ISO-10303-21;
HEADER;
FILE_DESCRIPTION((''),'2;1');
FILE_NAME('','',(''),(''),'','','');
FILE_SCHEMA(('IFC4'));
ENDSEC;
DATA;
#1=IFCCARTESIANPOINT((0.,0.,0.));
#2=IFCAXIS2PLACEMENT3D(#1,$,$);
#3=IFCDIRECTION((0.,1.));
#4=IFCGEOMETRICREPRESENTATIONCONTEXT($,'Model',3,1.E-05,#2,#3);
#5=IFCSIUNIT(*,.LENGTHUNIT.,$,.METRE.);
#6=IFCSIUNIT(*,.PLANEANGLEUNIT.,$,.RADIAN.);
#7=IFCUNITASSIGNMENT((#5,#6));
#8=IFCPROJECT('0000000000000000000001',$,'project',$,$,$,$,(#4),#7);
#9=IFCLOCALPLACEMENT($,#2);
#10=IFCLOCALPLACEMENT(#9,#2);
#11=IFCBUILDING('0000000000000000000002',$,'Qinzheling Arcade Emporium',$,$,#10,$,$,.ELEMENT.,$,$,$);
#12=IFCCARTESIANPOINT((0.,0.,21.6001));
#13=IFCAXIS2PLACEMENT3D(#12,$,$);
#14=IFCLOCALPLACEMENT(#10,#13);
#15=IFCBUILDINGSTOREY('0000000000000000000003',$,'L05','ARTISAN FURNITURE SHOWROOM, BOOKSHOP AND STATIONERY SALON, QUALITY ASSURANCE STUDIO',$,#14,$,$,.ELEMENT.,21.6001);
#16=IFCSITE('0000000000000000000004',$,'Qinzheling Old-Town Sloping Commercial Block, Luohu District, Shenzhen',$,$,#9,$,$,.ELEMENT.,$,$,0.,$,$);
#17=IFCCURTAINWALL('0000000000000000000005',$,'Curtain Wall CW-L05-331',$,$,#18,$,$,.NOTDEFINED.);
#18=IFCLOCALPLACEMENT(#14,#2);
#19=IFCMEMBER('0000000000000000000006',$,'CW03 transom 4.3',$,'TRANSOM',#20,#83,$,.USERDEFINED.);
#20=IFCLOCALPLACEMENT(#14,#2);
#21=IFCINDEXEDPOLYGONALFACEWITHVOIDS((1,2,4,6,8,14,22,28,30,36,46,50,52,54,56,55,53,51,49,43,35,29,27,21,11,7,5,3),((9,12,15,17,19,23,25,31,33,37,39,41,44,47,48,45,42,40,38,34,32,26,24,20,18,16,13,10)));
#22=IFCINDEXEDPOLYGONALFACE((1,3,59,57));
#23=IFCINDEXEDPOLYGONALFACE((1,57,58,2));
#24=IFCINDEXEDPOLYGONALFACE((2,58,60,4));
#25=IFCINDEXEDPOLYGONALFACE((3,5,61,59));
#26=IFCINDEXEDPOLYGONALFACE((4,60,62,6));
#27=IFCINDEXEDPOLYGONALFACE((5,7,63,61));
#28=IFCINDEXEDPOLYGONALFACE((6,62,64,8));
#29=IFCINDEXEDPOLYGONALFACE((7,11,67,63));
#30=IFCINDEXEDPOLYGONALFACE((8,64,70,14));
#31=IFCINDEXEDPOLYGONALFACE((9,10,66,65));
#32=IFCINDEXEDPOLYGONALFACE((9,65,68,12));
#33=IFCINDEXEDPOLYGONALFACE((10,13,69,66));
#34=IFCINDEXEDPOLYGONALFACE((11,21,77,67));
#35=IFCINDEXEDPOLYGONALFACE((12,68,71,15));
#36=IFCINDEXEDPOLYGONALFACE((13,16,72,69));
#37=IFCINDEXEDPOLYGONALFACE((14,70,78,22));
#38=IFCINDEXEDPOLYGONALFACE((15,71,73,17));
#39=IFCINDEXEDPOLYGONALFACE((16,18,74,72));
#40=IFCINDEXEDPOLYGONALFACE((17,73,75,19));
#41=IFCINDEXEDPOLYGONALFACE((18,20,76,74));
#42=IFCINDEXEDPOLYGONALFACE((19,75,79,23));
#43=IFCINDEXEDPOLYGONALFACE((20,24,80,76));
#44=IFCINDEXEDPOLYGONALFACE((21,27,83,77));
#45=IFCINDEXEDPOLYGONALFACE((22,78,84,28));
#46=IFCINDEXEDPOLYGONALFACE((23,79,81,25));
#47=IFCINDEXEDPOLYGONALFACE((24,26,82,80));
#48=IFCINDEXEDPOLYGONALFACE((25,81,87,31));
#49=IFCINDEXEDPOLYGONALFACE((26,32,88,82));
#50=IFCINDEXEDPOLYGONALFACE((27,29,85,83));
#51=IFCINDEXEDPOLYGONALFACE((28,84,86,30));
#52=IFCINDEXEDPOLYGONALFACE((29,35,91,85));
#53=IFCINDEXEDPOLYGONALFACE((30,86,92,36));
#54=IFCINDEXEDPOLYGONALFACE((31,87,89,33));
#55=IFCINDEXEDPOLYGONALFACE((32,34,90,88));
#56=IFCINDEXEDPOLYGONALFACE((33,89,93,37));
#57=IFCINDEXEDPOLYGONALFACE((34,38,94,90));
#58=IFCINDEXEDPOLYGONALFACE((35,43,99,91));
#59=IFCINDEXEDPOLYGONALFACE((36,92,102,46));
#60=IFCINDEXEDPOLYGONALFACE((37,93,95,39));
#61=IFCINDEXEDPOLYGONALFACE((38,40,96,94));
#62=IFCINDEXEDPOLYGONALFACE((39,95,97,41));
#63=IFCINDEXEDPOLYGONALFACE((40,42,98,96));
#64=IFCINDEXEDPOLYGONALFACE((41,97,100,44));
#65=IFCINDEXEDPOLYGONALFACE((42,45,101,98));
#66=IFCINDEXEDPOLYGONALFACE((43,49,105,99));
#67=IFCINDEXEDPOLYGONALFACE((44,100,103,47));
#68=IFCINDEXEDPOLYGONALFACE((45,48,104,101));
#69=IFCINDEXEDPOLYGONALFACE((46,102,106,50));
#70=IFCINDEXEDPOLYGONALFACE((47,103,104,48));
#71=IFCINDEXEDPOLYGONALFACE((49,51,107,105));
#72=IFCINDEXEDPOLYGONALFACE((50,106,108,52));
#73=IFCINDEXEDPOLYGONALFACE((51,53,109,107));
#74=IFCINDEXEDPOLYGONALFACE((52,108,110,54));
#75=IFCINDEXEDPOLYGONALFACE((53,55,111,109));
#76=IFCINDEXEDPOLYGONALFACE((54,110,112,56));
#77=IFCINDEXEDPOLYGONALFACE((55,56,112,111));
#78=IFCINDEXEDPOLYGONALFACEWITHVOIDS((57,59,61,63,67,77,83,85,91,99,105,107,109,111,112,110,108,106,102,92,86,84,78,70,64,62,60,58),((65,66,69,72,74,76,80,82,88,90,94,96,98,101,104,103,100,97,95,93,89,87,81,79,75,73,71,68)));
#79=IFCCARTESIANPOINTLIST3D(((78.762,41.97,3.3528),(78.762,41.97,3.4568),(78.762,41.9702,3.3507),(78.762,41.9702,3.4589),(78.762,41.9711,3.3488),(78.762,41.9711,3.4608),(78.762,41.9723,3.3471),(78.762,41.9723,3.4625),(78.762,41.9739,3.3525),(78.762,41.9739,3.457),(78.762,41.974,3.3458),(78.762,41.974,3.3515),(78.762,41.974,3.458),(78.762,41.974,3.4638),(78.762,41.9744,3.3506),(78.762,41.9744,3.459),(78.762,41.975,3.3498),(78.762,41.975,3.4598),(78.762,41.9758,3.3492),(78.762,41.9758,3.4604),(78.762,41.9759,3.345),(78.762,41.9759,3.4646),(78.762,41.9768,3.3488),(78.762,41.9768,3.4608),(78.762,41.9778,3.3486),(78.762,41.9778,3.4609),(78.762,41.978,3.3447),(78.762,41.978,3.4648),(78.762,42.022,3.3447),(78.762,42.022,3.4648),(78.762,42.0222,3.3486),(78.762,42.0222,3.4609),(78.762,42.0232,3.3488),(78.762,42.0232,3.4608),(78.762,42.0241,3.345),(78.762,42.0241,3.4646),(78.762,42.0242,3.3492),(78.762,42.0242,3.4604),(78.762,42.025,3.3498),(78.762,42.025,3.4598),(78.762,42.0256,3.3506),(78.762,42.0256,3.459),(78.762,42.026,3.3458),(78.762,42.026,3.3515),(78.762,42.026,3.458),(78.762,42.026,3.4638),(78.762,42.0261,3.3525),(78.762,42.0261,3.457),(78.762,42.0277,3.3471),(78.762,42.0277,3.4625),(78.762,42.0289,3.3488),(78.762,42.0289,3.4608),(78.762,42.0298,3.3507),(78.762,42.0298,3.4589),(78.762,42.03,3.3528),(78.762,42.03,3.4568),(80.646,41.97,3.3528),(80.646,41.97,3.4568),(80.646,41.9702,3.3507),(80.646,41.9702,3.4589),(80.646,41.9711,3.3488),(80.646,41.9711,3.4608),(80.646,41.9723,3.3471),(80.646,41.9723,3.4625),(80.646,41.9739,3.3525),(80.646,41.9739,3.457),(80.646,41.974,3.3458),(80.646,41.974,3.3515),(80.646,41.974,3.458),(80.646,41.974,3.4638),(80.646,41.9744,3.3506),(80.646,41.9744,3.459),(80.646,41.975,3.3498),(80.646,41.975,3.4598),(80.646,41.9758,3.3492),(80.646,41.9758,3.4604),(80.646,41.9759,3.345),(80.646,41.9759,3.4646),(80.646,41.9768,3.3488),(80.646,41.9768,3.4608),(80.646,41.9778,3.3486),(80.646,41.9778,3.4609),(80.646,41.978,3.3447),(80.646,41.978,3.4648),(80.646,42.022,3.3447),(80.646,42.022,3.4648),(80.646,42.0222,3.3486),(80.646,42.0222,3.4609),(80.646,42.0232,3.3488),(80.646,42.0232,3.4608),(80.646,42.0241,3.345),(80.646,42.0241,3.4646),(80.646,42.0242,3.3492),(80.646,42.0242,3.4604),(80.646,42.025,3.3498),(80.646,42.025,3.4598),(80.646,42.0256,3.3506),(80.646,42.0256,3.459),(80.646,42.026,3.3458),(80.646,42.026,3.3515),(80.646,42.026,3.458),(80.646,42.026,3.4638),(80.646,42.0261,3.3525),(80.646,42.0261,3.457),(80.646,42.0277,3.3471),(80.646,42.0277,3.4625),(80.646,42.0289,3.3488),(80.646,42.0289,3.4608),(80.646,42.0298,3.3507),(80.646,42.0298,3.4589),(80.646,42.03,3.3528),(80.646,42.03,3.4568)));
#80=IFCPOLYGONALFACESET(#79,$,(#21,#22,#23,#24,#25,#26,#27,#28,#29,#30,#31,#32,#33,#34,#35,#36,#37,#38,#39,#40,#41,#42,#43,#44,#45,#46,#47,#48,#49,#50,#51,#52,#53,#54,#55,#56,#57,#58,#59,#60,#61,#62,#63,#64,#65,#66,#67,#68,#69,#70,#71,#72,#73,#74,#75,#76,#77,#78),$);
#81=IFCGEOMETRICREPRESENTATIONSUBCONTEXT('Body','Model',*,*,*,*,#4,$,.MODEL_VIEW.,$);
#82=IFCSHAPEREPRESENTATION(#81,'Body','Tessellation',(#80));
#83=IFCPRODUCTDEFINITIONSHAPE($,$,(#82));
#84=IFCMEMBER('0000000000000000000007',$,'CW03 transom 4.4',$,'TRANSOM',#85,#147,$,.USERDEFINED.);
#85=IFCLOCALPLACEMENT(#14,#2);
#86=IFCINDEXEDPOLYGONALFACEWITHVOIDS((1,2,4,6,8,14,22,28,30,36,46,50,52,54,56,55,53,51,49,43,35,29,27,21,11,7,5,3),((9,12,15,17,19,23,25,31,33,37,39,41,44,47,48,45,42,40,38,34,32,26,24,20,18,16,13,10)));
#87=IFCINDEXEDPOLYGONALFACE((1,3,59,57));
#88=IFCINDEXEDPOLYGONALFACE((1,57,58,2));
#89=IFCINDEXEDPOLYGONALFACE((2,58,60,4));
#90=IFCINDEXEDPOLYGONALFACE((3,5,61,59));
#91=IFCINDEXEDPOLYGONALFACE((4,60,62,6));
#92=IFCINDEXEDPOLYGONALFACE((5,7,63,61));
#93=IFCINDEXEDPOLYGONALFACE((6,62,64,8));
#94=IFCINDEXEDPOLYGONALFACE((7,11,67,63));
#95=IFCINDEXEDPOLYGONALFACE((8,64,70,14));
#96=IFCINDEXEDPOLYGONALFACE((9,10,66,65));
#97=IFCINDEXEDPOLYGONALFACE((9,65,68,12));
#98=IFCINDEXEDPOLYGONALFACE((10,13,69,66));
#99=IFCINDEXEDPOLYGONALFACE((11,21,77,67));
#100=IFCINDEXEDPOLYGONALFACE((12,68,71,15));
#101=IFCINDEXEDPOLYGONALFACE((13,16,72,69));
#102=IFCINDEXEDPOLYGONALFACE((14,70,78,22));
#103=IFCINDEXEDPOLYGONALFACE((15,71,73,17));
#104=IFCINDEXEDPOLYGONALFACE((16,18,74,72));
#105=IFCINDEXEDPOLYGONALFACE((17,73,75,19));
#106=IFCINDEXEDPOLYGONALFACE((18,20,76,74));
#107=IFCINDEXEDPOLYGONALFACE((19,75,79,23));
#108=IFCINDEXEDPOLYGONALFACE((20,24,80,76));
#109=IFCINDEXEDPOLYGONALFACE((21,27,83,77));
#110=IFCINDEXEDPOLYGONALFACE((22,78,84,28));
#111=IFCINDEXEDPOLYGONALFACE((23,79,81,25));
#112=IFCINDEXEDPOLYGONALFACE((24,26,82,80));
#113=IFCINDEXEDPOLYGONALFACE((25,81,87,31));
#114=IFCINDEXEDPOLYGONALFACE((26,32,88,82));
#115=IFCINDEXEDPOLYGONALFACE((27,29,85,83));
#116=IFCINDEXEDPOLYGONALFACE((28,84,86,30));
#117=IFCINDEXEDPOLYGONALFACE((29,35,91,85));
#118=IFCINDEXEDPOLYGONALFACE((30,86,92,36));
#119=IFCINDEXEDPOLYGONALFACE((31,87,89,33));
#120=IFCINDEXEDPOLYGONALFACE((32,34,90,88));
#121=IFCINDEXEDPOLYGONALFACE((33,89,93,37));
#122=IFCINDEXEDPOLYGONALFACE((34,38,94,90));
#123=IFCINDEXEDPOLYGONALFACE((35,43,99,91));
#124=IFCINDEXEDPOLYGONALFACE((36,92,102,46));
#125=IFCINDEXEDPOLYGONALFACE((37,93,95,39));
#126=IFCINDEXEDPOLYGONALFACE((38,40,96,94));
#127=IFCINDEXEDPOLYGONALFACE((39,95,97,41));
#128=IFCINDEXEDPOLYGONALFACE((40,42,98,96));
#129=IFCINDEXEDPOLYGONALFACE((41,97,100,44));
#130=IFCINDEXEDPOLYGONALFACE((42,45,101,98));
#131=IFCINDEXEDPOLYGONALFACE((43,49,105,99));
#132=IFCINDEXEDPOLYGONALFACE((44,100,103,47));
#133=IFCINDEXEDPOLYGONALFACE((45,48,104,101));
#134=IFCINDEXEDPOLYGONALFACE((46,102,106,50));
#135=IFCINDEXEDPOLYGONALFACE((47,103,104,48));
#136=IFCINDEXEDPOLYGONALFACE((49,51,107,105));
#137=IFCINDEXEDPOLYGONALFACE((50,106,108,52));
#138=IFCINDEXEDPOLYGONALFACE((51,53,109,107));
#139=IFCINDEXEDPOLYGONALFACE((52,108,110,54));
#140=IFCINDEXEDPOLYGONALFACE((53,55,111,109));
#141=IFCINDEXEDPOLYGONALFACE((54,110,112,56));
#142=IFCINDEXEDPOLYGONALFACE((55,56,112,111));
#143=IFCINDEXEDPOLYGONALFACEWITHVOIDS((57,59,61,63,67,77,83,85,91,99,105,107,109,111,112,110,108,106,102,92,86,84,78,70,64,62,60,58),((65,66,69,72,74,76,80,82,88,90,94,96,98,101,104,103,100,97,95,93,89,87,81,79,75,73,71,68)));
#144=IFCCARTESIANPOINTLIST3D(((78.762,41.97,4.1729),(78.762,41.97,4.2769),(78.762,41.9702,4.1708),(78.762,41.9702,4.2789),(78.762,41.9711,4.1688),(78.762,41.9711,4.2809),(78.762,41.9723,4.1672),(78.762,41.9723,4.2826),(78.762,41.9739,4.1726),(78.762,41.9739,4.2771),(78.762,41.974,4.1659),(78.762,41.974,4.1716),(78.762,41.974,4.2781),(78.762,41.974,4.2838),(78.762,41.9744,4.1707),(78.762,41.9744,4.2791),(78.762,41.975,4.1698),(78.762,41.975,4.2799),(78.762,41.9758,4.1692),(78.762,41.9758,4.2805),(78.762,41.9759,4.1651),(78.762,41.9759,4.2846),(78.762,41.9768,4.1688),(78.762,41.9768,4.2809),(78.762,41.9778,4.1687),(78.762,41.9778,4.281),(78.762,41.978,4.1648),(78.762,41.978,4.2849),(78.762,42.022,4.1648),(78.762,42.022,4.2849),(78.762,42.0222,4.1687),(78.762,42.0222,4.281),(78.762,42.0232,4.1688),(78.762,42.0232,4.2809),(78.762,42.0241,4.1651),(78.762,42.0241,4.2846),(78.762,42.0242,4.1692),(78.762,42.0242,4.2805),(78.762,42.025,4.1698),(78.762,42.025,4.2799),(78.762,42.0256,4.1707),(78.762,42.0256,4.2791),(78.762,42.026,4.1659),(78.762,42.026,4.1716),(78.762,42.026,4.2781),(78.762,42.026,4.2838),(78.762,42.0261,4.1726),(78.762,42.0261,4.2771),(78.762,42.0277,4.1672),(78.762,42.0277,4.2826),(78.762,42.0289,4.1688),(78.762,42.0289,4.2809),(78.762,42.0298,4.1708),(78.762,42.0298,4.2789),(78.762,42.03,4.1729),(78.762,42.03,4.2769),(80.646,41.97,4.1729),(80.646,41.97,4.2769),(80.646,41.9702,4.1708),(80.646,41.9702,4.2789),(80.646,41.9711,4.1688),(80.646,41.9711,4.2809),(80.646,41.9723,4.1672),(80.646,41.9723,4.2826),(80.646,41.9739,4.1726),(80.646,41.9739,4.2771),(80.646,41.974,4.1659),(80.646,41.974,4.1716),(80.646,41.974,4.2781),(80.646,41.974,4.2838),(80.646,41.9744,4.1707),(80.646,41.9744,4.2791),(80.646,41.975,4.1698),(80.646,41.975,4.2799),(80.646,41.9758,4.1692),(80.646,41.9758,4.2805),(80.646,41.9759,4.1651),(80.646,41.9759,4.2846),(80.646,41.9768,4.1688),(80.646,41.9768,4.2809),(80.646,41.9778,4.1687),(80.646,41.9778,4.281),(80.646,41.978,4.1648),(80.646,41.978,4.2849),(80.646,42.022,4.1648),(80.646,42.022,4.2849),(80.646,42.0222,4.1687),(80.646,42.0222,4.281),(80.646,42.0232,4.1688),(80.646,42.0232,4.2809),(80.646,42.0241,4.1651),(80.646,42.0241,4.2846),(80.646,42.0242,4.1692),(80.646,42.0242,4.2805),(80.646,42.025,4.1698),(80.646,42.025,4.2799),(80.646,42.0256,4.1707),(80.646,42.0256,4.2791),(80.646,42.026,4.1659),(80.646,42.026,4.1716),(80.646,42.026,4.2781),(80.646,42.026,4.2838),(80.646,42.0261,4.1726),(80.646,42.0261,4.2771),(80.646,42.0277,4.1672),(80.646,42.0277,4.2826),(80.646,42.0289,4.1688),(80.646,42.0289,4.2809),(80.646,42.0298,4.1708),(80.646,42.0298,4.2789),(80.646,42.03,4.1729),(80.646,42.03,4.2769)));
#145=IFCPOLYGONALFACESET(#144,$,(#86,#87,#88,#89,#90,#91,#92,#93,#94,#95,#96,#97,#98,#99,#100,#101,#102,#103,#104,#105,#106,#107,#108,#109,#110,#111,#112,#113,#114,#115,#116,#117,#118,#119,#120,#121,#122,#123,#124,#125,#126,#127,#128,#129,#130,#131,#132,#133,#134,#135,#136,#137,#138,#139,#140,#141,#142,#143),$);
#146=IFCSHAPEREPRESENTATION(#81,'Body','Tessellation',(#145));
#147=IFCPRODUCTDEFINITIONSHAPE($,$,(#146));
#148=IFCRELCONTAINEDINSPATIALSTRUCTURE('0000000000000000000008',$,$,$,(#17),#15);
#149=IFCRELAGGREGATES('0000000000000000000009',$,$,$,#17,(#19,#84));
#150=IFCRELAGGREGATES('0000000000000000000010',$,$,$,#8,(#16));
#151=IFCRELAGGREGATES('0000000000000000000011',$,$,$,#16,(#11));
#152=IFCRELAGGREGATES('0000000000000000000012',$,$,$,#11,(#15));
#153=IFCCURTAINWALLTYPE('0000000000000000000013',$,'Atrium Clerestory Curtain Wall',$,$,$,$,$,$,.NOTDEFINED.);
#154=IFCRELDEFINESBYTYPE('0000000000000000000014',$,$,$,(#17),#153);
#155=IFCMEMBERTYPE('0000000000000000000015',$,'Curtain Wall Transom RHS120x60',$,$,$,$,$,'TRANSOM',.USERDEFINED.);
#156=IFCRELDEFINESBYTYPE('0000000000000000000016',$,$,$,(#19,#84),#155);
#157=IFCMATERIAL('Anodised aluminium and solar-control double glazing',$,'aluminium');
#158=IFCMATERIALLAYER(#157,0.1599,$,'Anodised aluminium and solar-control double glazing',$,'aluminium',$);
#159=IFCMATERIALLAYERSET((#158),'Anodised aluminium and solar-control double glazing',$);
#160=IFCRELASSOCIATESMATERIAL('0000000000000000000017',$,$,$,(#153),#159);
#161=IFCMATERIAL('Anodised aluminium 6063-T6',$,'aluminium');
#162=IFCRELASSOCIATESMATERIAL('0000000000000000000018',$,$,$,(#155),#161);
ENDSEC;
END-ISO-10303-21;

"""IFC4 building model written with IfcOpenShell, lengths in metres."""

from ifc_helpers import new_model, si_unit, direction, frame, origin, origin_2d, place, context, subcontext, project, spatial, hollow_rectangle, extrude, material, layer, layer_set, material_profile, profile_set, type_object, element, aggregate, save


model = new_model("IFC4")

# Units and contexts
model_context = context("Model", 3, precision=1e-05, world=origin(), true_north=direction((0.0, 1.0)))
body_context = subcontext(model_context, "Body", "Model", "MODEL_VIEW")
ifc_project = project(units=[si_unit("LENGTHUNIT", "METRE"), si_unit("PLANEANGLEUNIT", "RADIAN")], contexts=[model_context])

# Site, building, storey
site_placement = place(None, origin())
site = spatial("IfcSite", under=ifc_project, at=site_placement, Name="Qinzheling Old-Town Sloping Commercial Block, Luohu District, Shenzhen", CompositionType="ELEMENT", RefElevation=0.0)
building_placement = place(site_placement, origin())
building = spatial("IfcBuilding", under=site, at=building_placement, Name="Qinzheling Arcade Emporium", CompositionType="ELEMENT")
storey_placement = place(building_placement, frame((0.0, 0.0, 21.6001)))
storey = spatial("IfcBuildingStorey", under=building, at=storey_placement, Name="L05", Description="ARTISAN FURNITURE SHOWROOM, BOOKSHOP AND STATIONERY SALON, QUALITY ASSURANCE STUDIO", CompositionType="ELEMENT", Elevation=21.6001)

# Curtain wall
ifc_material_1 = material(Name="Anodised aluminium and solar-control double glazing", Category="aluminium")
ifc_layer_1 = layer(ifc_material_1, 0.1599, Name="Anodised aluminium and solar-control double glazing", Category="aluminium")
ifc_layer_set_1 = layer_set([ifc_layer_1], Name="Anodised aluminium and solar-control double glazing")
curtain_wall_type = type_object("IfcCurtainWallType", Name="Atrium Clerestory Curtain Wall", PredefinedType="NOTDEFINED", material=ifc_layer_set_1)
curtain_wall_1_placement = place(storey_placement, origin())
curtain_wall_1 = element("IfcCurtainWall", 1, at=curtain_wall_1_placement, inside=storey, type_object=curtain_wall_type, Name="Curtain Wall CW-L05-331", PredefinedType="NOTDEFINED")
ifc_material_2 = material(Name="Anodised aluminium 6063-T6", Category="aluminium")

# Members
ifc_material_profile_1 = material_profile(ifc_material_2, hollow_rectangle(XDim=0.0601, YDim=0.1201, WallThickness=0.0039, InnerFilletRadius=0.0039, OuterFilletRadius=0.0081, at=origin_2d()), Name="RHS 120x60x4", Category="aluminium")
ifc_profile_set_1 = profile_set([ifc_material_profile_1], Name="Anodised aluminium 6063-T6")
member_type_1 = type_object("IfcMemberType", Name="Curtain Wall Transom RHS120x60", ElementType="TRANSOM", PredefinedType="USERDEFINED", material=ifc_profile_set_1)
member_1_placement = place(storey_placement, frame((80.646, 42.0, 3.4048), z_axis=(-1.0, 0.0, 0.0), x_axis=(0.0, -1.0, 0.0)))
member_1 = element("IfcMember", 2, at=member_1_placement, type_object=member_type_1, Name="CW03 transom 4.3", ObjectType="TRANSOM", PredefinedType="USERDEFINED", context=body_context, shape_type="SweptSolid", body=[
    extrude(hollow_rectangle(XDim=0.0601, YDim=0.1201, WallThickness=0.0039, InnerFilletRadius=0.0039, OuterFilletRadius=0.0081, at=origin_2d()), origin(), (0.0, 0.0, 1.0), 1.884),
])
member_2_placement = place(storey_placement, frame((80.646, 42.0, 4.2249), z_axis=(-1.0, 0.0, 0.0), x_axis=(0.0, -1.0, 0.0)))
member_2 = element("IfcMember", 3, at=member_2_placement, type_object=member_type_1, Name="CW03 transom 4.4", ObjectType="TRANSOM", PredefinedType="USERDEFINED", context=body_context, shape_type="SweptSolid", body=[
    extrude(hollow_rectangle(XDim=0.0601, YDim=0.1201, WallThickness=0.0039, InnerFilletRadius=0.0039, OuterFilletRadius=0.0081, at=origin_2d()), origin(), (0.0, 0.0, 1.0), 1.884),
])

aggregate(curtain_wall_1, [member_1, member_2])

save(model, "model.ifc")
